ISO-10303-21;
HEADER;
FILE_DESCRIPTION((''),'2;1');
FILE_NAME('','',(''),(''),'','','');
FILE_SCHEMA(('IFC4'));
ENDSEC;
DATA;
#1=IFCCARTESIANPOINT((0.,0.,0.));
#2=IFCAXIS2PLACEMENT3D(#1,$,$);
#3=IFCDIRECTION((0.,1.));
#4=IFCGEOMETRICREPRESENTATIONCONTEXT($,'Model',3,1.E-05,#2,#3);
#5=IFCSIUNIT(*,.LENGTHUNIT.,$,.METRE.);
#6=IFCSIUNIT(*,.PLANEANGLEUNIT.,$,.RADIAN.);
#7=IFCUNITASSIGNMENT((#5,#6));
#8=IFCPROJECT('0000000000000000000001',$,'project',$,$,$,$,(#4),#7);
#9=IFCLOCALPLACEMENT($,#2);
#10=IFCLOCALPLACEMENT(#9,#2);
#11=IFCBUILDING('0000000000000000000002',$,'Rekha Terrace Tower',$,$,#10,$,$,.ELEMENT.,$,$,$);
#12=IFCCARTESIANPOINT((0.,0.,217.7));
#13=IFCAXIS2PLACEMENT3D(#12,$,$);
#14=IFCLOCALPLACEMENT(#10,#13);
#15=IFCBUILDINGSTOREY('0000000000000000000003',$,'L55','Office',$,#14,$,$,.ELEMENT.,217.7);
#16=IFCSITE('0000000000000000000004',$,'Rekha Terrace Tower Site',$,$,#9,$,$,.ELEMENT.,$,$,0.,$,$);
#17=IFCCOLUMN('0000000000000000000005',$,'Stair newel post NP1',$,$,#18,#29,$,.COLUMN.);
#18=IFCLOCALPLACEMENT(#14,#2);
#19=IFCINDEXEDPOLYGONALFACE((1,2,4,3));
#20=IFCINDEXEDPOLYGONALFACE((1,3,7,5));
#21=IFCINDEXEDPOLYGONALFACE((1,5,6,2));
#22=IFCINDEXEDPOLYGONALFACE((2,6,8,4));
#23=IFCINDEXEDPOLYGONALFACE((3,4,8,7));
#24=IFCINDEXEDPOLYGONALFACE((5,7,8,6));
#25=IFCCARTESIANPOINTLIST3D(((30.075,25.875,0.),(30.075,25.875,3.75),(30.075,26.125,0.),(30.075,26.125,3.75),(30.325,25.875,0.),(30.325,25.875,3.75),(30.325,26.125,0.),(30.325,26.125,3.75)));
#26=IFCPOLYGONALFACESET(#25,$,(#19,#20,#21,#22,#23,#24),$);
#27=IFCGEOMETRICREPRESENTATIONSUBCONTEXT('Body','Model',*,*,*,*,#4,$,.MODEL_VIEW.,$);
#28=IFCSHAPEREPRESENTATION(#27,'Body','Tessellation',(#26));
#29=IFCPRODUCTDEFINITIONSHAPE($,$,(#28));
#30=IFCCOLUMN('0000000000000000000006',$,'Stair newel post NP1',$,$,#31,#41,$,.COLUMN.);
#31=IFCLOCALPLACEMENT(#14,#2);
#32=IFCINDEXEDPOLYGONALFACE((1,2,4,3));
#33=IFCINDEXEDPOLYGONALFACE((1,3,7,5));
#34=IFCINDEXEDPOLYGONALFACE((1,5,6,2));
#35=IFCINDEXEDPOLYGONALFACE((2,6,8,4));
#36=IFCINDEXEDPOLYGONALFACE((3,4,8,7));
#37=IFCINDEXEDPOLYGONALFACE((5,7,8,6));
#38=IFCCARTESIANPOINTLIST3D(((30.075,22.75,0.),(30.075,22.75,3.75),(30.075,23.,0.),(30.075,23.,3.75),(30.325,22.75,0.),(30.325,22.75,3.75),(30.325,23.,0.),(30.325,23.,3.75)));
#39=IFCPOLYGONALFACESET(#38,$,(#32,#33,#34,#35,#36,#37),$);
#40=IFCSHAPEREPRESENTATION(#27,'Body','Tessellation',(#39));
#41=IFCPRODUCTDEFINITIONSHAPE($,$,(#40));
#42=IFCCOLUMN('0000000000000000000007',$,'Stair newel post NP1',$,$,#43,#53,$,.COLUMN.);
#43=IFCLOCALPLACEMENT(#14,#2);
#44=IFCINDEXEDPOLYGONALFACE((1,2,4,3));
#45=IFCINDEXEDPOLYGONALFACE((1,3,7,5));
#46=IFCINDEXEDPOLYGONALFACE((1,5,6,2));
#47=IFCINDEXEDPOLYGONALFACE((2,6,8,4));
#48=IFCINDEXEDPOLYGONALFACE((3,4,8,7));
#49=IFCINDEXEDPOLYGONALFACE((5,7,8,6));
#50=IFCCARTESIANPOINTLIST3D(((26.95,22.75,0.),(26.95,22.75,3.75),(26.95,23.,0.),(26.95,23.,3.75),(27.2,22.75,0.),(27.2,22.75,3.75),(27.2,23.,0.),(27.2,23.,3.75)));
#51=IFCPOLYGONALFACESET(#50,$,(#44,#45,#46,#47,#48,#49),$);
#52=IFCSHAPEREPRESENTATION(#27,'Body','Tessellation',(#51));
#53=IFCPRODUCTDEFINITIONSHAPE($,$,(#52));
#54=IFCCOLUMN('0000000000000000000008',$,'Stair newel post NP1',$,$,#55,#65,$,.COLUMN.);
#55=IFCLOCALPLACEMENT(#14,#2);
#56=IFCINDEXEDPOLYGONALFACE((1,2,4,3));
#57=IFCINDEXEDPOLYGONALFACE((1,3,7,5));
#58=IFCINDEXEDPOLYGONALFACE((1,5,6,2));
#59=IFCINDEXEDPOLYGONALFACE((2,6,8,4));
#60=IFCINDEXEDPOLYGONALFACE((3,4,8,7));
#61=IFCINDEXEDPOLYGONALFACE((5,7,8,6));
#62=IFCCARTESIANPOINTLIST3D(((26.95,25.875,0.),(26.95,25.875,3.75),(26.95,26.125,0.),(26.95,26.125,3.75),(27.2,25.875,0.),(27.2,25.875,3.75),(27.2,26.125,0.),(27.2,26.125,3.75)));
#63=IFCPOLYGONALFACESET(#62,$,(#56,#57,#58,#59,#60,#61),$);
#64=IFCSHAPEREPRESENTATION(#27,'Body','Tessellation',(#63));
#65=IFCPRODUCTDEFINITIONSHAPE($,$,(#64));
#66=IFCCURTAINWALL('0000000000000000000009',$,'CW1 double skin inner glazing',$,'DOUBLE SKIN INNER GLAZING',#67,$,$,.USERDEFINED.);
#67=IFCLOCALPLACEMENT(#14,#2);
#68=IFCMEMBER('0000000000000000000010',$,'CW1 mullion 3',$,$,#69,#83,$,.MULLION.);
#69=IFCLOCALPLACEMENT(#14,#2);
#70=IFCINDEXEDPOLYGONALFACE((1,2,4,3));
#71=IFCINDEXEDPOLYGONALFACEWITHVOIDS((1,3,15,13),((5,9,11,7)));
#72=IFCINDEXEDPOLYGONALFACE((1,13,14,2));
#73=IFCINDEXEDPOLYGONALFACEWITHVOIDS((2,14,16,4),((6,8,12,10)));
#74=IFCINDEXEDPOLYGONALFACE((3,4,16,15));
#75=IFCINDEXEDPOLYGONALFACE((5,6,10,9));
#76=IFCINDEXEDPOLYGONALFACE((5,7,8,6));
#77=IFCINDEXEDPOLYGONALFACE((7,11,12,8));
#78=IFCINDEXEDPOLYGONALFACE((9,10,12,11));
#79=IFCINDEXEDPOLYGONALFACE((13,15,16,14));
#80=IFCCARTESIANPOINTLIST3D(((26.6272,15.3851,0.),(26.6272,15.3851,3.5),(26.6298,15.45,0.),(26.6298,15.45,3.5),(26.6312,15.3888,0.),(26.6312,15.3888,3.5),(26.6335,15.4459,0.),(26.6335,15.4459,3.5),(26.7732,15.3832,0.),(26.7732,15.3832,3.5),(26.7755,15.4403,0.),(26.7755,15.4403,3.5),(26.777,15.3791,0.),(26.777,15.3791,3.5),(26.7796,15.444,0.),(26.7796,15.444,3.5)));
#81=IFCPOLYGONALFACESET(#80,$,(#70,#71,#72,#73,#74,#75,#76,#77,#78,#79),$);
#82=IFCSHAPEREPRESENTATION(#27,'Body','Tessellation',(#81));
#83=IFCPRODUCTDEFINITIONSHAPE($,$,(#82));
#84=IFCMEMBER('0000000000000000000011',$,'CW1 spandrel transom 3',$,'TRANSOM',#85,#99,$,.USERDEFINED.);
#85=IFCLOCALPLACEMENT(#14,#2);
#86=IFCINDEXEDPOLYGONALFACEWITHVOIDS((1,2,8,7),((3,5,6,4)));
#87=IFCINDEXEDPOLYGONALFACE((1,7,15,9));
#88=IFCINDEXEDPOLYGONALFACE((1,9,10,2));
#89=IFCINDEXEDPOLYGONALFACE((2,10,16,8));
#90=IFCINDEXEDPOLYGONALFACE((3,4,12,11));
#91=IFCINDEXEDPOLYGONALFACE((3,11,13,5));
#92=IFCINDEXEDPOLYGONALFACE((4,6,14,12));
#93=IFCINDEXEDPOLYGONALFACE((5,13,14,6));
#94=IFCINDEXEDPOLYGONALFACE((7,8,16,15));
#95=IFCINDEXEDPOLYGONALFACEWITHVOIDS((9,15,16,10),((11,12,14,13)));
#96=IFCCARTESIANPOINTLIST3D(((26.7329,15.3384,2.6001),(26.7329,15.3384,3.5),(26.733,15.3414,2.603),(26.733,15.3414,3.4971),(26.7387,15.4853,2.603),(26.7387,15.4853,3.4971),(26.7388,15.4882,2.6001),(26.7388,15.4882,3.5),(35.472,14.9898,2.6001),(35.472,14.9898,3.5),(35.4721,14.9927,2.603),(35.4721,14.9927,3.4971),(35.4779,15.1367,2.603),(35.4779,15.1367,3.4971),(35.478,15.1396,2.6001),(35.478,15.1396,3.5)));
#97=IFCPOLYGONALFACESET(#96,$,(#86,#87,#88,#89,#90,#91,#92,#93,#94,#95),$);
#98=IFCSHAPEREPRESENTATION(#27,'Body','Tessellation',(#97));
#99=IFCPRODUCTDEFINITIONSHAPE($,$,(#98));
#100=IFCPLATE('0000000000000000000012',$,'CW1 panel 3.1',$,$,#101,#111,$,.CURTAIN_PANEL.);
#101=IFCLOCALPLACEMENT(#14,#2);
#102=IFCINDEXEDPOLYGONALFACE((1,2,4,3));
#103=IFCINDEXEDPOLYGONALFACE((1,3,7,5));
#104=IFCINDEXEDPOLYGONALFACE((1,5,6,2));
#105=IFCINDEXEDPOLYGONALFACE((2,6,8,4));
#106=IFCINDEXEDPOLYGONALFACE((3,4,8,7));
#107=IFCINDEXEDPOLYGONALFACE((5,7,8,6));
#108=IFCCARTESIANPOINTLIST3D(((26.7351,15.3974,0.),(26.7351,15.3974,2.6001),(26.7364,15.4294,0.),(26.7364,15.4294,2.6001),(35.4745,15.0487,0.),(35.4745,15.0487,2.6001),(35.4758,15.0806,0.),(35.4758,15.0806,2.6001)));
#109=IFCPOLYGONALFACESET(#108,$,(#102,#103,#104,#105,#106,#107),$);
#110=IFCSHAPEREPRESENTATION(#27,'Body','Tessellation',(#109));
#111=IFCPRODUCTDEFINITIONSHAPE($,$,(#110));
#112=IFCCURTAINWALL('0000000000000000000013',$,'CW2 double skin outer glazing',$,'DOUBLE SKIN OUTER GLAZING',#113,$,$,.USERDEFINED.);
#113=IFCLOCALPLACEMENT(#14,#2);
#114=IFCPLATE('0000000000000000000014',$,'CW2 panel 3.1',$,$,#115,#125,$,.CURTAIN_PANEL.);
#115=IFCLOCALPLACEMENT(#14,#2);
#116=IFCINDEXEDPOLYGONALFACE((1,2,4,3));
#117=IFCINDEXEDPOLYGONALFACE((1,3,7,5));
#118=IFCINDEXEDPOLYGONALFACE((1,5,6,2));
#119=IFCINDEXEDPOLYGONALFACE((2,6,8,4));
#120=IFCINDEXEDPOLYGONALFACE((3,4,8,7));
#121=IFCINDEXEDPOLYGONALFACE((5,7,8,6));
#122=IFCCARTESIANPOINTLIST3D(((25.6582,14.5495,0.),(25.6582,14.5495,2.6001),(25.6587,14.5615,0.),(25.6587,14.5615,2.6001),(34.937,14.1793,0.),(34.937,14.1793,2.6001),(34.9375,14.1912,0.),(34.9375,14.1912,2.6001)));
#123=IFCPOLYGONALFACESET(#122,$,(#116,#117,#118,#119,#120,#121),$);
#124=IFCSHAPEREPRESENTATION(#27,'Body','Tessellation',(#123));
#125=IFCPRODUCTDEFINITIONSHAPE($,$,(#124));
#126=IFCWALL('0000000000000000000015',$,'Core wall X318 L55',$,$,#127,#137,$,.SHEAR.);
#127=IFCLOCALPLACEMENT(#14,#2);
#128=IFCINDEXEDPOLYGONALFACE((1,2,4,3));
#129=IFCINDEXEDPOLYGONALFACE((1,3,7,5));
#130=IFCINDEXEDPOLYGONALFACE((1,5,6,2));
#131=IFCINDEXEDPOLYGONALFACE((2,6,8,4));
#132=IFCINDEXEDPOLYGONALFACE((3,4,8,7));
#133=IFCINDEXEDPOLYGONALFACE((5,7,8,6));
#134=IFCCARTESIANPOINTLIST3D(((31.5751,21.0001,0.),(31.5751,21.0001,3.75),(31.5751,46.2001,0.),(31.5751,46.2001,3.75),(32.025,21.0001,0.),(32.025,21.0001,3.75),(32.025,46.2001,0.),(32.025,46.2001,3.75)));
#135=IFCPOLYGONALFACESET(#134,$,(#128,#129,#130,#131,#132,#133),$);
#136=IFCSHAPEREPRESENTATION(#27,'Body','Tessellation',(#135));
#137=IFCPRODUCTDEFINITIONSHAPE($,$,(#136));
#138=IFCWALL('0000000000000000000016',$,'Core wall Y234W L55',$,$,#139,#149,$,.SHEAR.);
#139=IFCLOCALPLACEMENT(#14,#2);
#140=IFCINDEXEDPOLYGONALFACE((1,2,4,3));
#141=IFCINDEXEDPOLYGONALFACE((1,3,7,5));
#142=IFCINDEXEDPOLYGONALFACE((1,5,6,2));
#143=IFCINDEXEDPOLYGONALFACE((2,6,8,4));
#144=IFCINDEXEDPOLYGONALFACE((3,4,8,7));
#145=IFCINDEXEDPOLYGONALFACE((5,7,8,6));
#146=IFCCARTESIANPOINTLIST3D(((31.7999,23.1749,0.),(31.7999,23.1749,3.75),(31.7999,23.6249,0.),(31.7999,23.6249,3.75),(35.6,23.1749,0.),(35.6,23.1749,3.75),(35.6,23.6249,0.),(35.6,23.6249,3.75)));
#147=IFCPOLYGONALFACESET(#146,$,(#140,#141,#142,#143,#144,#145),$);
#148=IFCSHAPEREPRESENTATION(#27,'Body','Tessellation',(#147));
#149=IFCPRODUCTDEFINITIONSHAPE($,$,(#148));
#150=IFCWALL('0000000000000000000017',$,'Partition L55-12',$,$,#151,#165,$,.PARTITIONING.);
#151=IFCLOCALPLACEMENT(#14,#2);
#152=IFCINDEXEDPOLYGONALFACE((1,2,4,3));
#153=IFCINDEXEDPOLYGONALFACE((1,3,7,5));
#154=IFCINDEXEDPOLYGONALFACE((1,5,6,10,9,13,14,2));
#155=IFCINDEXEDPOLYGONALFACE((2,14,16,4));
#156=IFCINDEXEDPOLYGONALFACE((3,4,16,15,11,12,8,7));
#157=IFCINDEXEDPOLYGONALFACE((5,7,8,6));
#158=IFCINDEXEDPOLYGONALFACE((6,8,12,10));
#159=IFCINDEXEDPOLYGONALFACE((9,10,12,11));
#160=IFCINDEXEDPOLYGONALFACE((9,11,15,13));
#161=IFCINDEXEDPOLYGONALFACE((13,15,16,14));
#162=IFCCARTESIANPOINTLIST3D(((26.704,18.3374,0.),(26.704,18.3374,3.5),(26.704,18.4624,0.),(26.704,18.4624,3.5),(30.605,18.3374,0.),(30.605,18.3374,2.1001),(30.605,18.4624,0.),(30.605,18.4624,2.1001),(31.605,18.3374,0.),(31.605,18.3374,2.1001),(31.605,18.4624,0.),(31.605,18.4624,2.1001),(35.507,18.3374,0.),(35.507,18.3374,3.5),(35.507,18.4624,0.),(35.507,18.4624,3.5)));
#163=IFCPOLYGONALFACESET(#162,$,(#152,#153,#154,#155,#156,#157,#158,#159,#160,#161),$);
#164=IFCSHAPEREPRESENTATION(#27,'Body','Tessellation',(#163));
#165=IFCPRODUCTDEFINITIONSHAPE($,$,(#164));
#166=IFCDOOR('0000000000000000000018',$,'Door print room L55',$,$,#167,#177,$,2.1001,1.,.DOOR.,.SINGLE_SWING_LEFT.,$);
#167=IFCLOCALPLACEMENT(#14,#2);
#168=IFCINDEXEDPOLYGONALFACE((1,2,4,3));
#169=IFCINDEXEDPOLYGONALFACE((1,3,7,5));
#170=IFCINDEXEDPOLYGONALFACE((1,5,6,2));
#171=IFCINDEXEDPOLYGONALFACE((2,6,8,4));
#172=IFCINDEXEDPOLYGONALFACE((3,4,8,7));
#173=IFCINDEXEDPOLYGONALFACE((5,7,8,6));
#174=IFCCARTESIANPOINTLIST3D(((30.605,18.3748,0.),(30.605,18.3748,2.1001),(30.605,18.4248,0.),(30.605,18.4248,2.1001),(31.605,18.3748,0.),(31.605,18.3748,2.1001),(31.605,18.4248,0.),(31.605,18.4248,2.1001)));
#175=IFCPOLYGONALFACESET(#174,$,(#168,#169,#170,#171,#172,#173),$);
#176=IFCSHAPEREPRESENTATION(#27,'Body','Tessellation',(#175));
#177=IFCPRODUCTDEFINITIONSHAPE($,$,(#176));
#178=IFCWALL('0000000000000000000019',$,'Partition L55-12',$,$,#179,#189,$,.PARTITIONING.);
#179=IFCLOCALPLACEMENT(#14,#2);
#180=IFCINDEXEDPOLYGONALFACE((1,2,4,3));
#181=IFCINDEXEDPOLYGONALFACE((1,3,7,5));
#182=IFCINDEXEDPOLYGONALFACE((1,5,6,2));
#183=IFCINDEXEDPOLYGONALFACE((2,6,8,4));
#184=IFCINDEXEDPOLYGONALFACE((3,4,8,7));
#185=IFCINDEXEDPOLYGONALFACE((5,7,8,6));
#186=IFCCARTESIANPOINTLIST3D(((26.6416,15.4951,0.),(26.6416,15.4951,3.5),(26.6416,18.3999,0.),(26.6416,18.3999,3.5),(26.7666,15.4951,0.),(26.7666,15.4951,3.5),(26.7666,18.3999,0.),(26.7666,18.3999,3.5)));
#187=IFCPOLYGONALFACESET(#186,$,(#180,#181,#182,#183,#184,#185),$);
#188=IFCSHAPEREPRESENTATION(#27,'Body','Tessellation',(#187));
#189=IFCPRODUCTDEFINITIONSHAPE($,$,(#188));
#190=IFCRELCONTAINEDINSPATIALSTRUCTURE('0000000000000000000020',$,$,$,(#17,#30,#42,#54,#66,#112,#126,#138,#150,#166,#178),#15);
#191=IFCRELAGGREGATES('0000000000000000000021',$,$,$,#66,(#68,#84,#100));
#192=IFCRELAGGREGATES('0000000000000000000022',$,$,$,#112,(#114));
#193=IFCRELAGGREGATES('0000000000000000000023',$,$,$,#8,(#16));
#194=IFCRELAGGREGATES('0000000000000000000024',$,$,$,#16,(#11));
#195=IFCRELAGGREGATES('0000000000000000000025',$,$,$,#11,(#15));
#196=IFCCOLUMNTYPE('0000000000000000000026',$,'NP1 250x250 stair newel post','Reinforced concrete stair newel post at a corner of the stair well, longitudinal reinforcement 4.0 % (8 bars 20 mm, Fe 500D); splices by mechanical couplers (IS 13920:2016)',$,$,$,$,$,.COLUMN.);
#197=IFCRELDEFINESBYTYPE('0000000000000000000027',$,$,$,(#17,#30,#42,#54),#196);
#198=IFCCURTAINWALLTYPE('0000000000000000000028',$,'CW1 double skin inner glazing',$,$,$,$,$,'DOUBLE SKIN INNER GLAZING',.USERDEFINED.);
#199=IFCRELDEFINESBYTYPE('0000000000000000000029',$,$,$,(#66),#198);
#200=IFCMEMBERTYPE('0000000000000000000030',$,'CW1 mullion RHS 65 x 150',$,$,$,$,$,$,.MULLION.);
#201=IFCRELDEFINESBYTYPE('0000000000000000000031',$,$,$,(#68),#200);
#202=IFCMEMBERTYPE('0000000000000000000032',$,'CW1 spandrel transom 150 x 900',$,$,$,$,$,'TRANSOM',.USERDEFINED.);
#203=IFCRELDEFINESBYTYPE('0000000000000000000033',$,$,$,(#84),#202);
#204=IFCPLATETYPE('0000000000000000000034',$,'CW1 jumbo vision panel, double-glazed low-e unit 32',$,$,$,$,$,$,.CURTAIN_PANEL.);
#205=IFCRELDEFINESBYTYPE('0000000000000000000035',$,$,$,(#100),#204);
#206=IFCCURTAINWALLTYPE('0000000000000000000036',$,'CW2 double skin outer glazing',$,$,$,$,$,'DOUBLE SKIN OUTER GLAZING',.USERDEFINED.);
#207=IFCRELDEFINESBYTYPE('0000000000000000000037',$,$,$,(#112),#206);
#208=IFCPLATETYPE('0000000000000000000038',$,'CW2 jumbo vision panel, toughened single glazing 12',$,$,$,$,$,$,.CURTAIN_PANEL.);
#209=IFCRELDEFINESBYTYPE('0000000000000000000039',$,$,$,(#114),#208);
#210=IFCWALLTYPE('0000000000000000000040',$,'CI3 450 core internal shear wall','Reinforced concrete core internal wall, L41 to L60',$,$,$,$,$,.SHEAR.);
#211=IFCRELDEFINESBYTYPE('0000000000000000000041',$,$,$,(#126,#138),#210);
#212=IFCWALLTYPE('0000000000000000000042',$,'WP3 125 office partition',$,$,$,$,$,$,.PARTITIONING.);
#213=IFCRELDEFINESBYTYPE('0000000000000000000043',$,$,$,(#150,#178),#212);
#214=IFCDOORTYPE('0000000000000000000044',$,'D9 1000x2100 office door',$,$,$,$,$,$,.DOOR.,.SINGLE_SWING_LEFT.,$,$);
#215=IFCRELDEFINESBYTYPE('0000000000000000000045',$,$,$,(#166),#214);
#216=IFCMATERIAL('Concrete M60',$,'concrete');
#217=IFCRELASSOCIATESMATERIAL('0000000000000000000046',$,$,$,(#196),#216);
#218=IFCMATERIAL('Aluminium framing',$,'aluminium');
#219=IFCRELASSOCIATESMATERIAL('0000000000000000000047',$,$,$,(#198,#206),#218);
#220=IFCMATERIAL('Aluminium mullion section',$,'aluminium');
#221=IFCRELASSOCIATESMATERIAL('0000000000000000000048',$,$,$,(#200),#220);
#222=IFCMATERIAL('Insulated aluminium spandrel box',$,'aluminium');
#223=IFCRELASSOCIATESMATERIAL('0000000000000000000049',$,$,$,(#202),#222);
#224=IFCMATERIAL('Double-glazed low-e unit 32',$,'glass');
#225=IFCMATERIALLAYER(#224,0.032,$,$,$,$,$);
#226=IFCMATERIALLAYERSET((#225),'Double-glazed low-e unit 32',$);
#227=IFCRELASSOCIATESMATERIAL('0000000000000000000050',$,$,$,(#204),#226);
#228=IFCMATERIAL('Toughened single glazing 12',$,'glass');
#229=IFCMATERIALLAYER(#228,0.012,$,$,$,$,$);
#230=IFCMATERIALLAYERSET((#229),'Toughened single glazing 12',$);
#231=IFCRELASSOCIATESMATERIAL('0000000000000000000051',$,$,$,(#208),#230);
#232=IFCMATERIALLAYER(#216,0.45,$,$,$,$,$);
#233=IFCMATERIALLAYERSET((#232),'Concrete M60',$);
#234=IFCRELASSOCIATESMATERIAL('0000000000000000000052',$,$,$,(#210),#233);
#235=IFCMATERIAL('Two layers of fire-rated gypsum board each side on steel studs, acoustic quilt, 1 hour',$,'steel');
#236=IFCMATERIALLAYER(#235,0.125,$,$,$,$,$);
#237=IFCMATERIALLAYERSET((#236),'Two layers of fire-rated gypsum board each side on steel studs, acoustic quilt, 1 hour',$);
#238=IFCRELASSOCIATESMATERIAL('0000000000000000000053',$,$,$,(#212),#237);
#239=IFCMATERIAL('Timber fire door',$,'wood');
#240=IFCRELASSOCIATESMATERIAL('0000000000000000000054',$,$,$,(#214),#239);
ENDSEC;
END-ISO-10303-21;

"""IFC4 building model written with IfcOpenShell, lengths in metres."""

from ifc_helpers import new_model, si_unit, direction, frame, frame_2d, origin, origin_2d, place, context, subcontext, project, spatial, rectangle, hollow_rectangle, extrude, material, layer, layer_set, material_profile, profile_set, type_object, element, fill, aggregate, save


model = new_model("IFC4")

# Units and contexts
model_context = context("Model", 3, precision=1e-05, world=origin(), true_north=direction((0.0, 1.0)))
body_context = subcontext(model_context, "Body", "Model", "MODEL_VIEW")
ifc_project = project(units=[si_unit("LENGTHUNIT", "METRE"), si_unit("PLANEANGLEUNIT", "RADIAN")], contexts=[model_context])

# Site, building, storey
site_placement = place(None, origin())
site = spatial("IfcSite", under=ifc_project, at=site_placement, Name="Rekha Terrace Tower Site", CompositionType="ELEMENT", RefElevation=0.0)
building_placement = place(site_placement, origin())
building = spatial("IfcBuilding", under=site, at=building_placement, Name="Rekha Terrace Tower", CompositionType="ELEMENT")
storey_placement = place(building_placement, frame((0.0, 0.0, 217.7)))
storey = spatial("IfcBuildingStorey", under=building, at=storey_placement, Name="L55", Description="Office", CompositionType="ELEMENT", Elevation=217.7)

# Columns
ifc_material_1 = material(Name="Concrete M60", Category="concrete")
ifc_material_profile_1 = material_profile(ifc_material_1, rectangle(XDim=0.25, YDim=0.25, at=origin_2d()), Name="RC 250x250")
ifc_profile_set_1 = profile_set([ifc_material_profile_1], Name="Concrete M60")
column_type = type_object("IfcColumnType", Name="NP1 250x250 stair newel post", Description="Reinforced concrete stair newel post at a corner of the stair well, longitudinal reinforcement 4.0 % (8 bars 20 mm, Fe 500D); splices by mechanical couplers (IS 13920:2016)", PredefinedType="COLUMN", material=ifc_profile_set_1)
for number, where, z_axis, x_axis, name in (
    (1, (30.2, 26.0, 0.0), (0.0, 0.0, 1.0), (1.0, 0.0, 0.0), "Stair newel post NP1"),
    (2, (30.2, 22.875, 0.0), (0.0, 0.0, 1.0), (1.0, 0.0, 0.0), "Stair newel post NP1"),
    (3, (27.075, 22.875, 0.0), (0.0, 0.0, 1.0), (1.0, 0.0, 0.0), "Stair newel post NP1"),
    (4, (27.075, 26.0, 0.0), (0.0, 0.0, 1.0), (1.0, 0.0, 0.0), "Stair newel post NP1"),
):
    element("IfcColumn", number, at=place(storey_placement, frame(where, z_axis=z_axis, x_axis=x_axis)), inside=storey, type_object=column_type, Name=name, PredefinedType="COLUMN", context=body_context, shape_type="SweptSolid", body=[
        extrude(rectangle(XDim=0.25, YDim=0.25, at=origin_2d()), origin(), (0.0, 0.0, 1.0), 3.75),
    ])

# Curtain wall, members, plate
ifc_material_2 = material(Name="Aluminium framing", Category="aluminium")
curtain_wall_type_1 = type_object("IfcCurtainWallType", Name="CW1 double skin inner glazing", ElementType="DOUBLE SKIN INNER GLAZING", PredefinedType="USERDEFINED", material=ifc_material_2)
curtain_wall_1_placement = place(storey_placement, origin())
curtain_wall_1 = element("IfcCurtainWall", 5, at=curtain_wall_1_placement, inside=storey, type_object=curtain_wall_type_1, Name="CW1 double skin inner glazing", ObjectType="DOUBLE SKIN INNER GLAZING", PredefinedType="USERDEFINED")
ifc_material_3 = material(Name="Aluminium mullion section", Category="aluminium")
ifc_material_profile_2 = material_profile(ifc_material_3, hollow_rectangle(XDim=0.0649, YDim=0.1499, WallThickness=0.0039, at=origin_2d()), Name="AL RHS 65x150")
ifc_profile_set_2 = profile_set([ifc_material_profile_2], Name="Aluminium mullion section")
member_type_1 = type_object("IfcMemberType", Name="CW1 mullion RHS 65 x 150", PredefinedType="MULLION", material=ifc_profile_set_2)
member_1_placement = place(storey_placement, frame((26.7034, 15.4146, 0.0), z_axis=(0.0, 0.0, 1.0), x_axis=(0.039872, 0.999205, 0.0)))
member_1 = element("IfcMember", 6, at=member_1_placement, type_object=member_type_1, Name="CW1 mullion 3", PredefinedType="MULLION", context=body_context, shape_type="SweptSolid", body=[
    extrude(hollow_rectangle(XDim=0.0649, YDim=0.1499, WallThickness=0.0039, at=origin_2d()), origin(), (0.0, 0.0, 1.0), 3.5),
])
ifc_material_4 = material(Name="Insulated aluminium spandrel box", Category="aluminium")
ifc_material_profile_3 = material_profile(ifc_material_4, hollow_rectangle(XDim=0.1499, YDim=0.8999, WallThickness=0.0029, at=origin_2d()), Name="AL SPANDREL BOX 150x900")
ifc_profile_set_3 = profile_set([ifc_material_profile_3], Name="Insulated aluminium spandrel box")
member_type_2 = type_object("IfcMemberType", Name="CW1 spandrel transom 150 x 900", ElementType="TRANSOM", PredefinedType="USERDEFINED", material=ifc_profile_set_3)
member_2_placement = place(storey_placement, frame((26.7358, 15.4133, 3.05), z_axis=(0.999205, -0.039861, 0.0), x_axis=(0.039861, 0.999205, 0.0)))
member_2 = element("IfcMember", 7, at=member_2_placement, type_object=member_type_2, Name="CW1 spandrel transom 3", ObjectType="TRANSOM", PredefinedType="USERDEFINED", context=body_context, shape_type="SweptSolid", body=[
    extrude(hollow_rectangle(XDim=0.1499, YDim=0.8999, WallThickness=0.0029, at=origin_2d()), origin(), (0.0, 0.0, 1.0), 8.7461),
])
ifc_material_5 = material(Name="Double-glazed low-e unit 32", Category="glass")
ifc_layer_1 = layer(ifc_material_5, 0.032)
ifc_layer_set_1 = layer_set([ifc_layer_1], Name="Double-glazed low-e unit 32")
plate_type_1 = type_object("IfcPlateType", Name="CW1 jumbo vision panel, double-glazed low-e unit 32", PredefinedType="CURTAIN_PANEL", material=ifc_layer_set_1)
plate_1_placement = place(storey_placement, frame((31.1055, 15.239, 0.0), z_axis=(0.0, 0.0, 1.0), x_axis=(0.999205, -0.039872, 0.0)))
plate_1 = element("IfcPlate", 8, at=plate_1_placement, type_object=plate_type_1, Name="CW1 panel 3.1", PredefinedType="CURTAIN_PANEL", context=body_context, shape_type="SweptSolid", body=[
    extrude(rectangle(XDim=8.7463, YDim=0.032, at=origin_2d()), origin(), (0.0, 0.0, 1.0), 2.6001),
])
aggregate(curtain_wall_1, [member_1, member_2, plate_1])

# Curtain wall, plate
curtain_wall_type_2 = type_object("IfcCurtainWallType", Name="CW2 double skin outer glazing", ElementType="DOUBLE SKIN OUTER GLAZING", PredefinedType="USERDEFINED", material=ifc_material_2)
curtain_wall_2_placement = place(storey_placement, origin())
curtain_wall_2 = element("IfcCurtainWall", 9, at=curtain_wall_2_placement, inside=storey, type_object=curtain_wall_type_2, Name="CW2 double skin outer glazing", ObjectType="DOUBLE SKIN OUTER GLAZING", PredefinedType="USERDEFINED")
ifc_material_6 = material(Name="Toughened single glazing 12", Category="glass")
ifc_layer_2 = layer(ifc_material_6, 0.012)
ifc_layer_set_2 = layer_set([ifc_layer_2], Name="Toughened single glazing 12")
plate_type_2 = type_object("IfcPlateType", Name="CW2 jumbo vision panel, toughened single glazing 12", PredefinedType="CURTAIN_PANEL", material=ifc_layer_set_2)
plate_2_placement = place(storey_placement, frame((30.2979, 14.3704, 0.0), z_axis=(0.0, 0.0, 1.0), x_axis=(0.999205, -0.039872, 0.0)))
plate_2 = element("IfcPlate", 10, at=plate_2_placement, type_object=plate_type_2, Name="CW2 panel 3.1", PredefinedType="CURTAIN_PANEL", context=body_context, shape_type="SweptSolid", body=[
    extrude(rectangle(XDim=9.2861, YDim=0.012, at=origin_2d()), origin(), (0.0, 0.0, 1.0), 2.6001),
])
aggregate(curtain_wall_2, [plate_2])

# Walls
ifc_layer_3 = layer(ifc_material_1, 0.45)
ifc_layer_set_3 = layer_set([ifc_layer_3], Name="Concrete M60")
wall_type_1 = type_object("IfcWallType", Name="CI3 450 core internal shear wall", Description="Reinforced concrete core internal wall, L41 to L60", PredefinedType="SHEAR", material=ifc_layer_set_3)
wall_1_placement = place(storey_placement, frame((31.8, 21.0, 0.0), z_axis=(0.0, 0.0, 1.0), x_axis=(0.0, 1.0, 0.0)))
element("IfcWall", 11, at=wall_1_placement, inside=storey, type_object=wall_type_1, Name="Core wall X318 L55", PredefinedType="SHEAR", context=body_context, shape_type="SweptSolid", body=[
    extrude(rectangle(XDim=25.2, YDim=0.45, at=frame_2d((12.6001, 0.0))), origin(), (0.0, 0.0, 1.0), 3.75),
])
wall_2_placement = place(storey_placement, frame((31.8, 23.3999, 0.0), z_axis=(0.0, 0.0, 1.0), x_axis=(1.0, 0.0, 0.0)))
element("IfcWall", 12, at=wall_2_placement, inside=storey, type_object=wall_type_1, Name="Core wall Y234W L55", PredefinedType="SHEAR", context=body_context, shape_type="SweptSolid", body=[
    extrude(rectangle(XDim=3.8, YDim=0.45, at=frame_2d((1.8999, 0.0))), origin(), (0.0, 0.0, 1.0), 3.75),
])

# Wall, opening, door
ifc_material_7 = material(Name="Two layers of fire-rated gypsum board each side on steel studs, acoustic quilt, 1 hour", Category="steel")
ifc_layer_4 = layer(ifc_material_7, 0.125)
ifc_layer_set_4 = layer_set([ifc_layer_4], Name="Two layers of fire-rated gypsum board each side on steel studs, acoustic quilt, 1 hour")
wall_type_2 = type_object("IfcWallType", Name="WP3 125 office partition", PredefinedType="PARTITIONING", material=ifc_layer_set_4)
wall_3_placement = place(storey_placement, frame((26.7041, 18.3999, 0.0), z_axis=(0.0, 0.0, 1.0), x_axis=(1.0, 0.0, 0.0)))
wall_3 = element("IfcWall", 13, at=wall_3_placement, inside=storey, type_object=wall_type_2, Name="Partition L55-12", PredefinedType="PARTITIONING", context=body_context, shape_type="SweptSolid", body=[
    extrude(rectangle(XDim=8.803, YDim=0.125, at=frame_2d((4.4014, 0.0))), origin(), (0.0, 0.0, 1.0), 3.5),
])
opening_placement = place(wall_3_placement, frame((3.9009, 0.0, 0.0)))
opening = element("IfcOpeningElement", 14, at=opening_placement, cuts=wall_3, PredefinedType="OPENING", context=body_context, shape_type="SweptSolid", body=[
    extrude(rectangle(XDim=1.0, YDim=2.1001, at=frame_2d((0.5, 1.05))), frame((0.0, 0.0725, 0.0), z_axis=(0.0, -1.0, 0.0), x_axis=(1.0, 0.0, 0.0)), (0.0, 0.0, 1.0), 0.145),
])
ifc_material_8 = material(Name="Timber fire door", Category="wood")
door_type = type_object("IfcDoorType", Name="D9 1000x2100 office door", OperationType="SINGLE_SWING_LEFT", PredefinedType="DOOR", material=ifc_material_8)
door_placement = place(opening_placement, origin())
door = element("IfcDoor", 15, at=door_placement, inside=storey, type_object=door_type, Name="Door print room L55", OperationType="SINGLE_SWING_LEFT", OverallHeight=2.1001, OverallWidth=1.0, PredefinedType="DOOR", context=body_context, shape_type="SweptSolid", body=[
    extrude(rectangle(XDim=1.0, YDim=2.1001, at=frame_2d((0.5, 1.05))), frame((0.0, 0.0249, 0.0), z_axis=(0.0, -1.0, 0.0), x_axis=(1.0, 0.0, 0.0)), (0.0, 0.0, 1.0), 0.05),
])
fill(opening, door)

# Wall
wall_4_placement = place(storey_placement, frame((26.7041, 15.4951, 0.0), z_axis=(0.0, 0.0, 1.0), x_axis=(0.0, 1.0, 0.0)))
element("IfcWall", 16, at=wall_4_placement, inside=storey, type_object=wall_type_2, Name="Partition L55-12", PredefinedType="PARTITIONING", context=body_context, shape_type="SweptSolid", body=[
    extrude(rectangle(XDim=2.9048, YDim=0.125, at=frame_2d((1.4524, 0.0))), origin(), (0.0, 0.0, 1.0), 3.5),
])

save(model, "model.ifc")
